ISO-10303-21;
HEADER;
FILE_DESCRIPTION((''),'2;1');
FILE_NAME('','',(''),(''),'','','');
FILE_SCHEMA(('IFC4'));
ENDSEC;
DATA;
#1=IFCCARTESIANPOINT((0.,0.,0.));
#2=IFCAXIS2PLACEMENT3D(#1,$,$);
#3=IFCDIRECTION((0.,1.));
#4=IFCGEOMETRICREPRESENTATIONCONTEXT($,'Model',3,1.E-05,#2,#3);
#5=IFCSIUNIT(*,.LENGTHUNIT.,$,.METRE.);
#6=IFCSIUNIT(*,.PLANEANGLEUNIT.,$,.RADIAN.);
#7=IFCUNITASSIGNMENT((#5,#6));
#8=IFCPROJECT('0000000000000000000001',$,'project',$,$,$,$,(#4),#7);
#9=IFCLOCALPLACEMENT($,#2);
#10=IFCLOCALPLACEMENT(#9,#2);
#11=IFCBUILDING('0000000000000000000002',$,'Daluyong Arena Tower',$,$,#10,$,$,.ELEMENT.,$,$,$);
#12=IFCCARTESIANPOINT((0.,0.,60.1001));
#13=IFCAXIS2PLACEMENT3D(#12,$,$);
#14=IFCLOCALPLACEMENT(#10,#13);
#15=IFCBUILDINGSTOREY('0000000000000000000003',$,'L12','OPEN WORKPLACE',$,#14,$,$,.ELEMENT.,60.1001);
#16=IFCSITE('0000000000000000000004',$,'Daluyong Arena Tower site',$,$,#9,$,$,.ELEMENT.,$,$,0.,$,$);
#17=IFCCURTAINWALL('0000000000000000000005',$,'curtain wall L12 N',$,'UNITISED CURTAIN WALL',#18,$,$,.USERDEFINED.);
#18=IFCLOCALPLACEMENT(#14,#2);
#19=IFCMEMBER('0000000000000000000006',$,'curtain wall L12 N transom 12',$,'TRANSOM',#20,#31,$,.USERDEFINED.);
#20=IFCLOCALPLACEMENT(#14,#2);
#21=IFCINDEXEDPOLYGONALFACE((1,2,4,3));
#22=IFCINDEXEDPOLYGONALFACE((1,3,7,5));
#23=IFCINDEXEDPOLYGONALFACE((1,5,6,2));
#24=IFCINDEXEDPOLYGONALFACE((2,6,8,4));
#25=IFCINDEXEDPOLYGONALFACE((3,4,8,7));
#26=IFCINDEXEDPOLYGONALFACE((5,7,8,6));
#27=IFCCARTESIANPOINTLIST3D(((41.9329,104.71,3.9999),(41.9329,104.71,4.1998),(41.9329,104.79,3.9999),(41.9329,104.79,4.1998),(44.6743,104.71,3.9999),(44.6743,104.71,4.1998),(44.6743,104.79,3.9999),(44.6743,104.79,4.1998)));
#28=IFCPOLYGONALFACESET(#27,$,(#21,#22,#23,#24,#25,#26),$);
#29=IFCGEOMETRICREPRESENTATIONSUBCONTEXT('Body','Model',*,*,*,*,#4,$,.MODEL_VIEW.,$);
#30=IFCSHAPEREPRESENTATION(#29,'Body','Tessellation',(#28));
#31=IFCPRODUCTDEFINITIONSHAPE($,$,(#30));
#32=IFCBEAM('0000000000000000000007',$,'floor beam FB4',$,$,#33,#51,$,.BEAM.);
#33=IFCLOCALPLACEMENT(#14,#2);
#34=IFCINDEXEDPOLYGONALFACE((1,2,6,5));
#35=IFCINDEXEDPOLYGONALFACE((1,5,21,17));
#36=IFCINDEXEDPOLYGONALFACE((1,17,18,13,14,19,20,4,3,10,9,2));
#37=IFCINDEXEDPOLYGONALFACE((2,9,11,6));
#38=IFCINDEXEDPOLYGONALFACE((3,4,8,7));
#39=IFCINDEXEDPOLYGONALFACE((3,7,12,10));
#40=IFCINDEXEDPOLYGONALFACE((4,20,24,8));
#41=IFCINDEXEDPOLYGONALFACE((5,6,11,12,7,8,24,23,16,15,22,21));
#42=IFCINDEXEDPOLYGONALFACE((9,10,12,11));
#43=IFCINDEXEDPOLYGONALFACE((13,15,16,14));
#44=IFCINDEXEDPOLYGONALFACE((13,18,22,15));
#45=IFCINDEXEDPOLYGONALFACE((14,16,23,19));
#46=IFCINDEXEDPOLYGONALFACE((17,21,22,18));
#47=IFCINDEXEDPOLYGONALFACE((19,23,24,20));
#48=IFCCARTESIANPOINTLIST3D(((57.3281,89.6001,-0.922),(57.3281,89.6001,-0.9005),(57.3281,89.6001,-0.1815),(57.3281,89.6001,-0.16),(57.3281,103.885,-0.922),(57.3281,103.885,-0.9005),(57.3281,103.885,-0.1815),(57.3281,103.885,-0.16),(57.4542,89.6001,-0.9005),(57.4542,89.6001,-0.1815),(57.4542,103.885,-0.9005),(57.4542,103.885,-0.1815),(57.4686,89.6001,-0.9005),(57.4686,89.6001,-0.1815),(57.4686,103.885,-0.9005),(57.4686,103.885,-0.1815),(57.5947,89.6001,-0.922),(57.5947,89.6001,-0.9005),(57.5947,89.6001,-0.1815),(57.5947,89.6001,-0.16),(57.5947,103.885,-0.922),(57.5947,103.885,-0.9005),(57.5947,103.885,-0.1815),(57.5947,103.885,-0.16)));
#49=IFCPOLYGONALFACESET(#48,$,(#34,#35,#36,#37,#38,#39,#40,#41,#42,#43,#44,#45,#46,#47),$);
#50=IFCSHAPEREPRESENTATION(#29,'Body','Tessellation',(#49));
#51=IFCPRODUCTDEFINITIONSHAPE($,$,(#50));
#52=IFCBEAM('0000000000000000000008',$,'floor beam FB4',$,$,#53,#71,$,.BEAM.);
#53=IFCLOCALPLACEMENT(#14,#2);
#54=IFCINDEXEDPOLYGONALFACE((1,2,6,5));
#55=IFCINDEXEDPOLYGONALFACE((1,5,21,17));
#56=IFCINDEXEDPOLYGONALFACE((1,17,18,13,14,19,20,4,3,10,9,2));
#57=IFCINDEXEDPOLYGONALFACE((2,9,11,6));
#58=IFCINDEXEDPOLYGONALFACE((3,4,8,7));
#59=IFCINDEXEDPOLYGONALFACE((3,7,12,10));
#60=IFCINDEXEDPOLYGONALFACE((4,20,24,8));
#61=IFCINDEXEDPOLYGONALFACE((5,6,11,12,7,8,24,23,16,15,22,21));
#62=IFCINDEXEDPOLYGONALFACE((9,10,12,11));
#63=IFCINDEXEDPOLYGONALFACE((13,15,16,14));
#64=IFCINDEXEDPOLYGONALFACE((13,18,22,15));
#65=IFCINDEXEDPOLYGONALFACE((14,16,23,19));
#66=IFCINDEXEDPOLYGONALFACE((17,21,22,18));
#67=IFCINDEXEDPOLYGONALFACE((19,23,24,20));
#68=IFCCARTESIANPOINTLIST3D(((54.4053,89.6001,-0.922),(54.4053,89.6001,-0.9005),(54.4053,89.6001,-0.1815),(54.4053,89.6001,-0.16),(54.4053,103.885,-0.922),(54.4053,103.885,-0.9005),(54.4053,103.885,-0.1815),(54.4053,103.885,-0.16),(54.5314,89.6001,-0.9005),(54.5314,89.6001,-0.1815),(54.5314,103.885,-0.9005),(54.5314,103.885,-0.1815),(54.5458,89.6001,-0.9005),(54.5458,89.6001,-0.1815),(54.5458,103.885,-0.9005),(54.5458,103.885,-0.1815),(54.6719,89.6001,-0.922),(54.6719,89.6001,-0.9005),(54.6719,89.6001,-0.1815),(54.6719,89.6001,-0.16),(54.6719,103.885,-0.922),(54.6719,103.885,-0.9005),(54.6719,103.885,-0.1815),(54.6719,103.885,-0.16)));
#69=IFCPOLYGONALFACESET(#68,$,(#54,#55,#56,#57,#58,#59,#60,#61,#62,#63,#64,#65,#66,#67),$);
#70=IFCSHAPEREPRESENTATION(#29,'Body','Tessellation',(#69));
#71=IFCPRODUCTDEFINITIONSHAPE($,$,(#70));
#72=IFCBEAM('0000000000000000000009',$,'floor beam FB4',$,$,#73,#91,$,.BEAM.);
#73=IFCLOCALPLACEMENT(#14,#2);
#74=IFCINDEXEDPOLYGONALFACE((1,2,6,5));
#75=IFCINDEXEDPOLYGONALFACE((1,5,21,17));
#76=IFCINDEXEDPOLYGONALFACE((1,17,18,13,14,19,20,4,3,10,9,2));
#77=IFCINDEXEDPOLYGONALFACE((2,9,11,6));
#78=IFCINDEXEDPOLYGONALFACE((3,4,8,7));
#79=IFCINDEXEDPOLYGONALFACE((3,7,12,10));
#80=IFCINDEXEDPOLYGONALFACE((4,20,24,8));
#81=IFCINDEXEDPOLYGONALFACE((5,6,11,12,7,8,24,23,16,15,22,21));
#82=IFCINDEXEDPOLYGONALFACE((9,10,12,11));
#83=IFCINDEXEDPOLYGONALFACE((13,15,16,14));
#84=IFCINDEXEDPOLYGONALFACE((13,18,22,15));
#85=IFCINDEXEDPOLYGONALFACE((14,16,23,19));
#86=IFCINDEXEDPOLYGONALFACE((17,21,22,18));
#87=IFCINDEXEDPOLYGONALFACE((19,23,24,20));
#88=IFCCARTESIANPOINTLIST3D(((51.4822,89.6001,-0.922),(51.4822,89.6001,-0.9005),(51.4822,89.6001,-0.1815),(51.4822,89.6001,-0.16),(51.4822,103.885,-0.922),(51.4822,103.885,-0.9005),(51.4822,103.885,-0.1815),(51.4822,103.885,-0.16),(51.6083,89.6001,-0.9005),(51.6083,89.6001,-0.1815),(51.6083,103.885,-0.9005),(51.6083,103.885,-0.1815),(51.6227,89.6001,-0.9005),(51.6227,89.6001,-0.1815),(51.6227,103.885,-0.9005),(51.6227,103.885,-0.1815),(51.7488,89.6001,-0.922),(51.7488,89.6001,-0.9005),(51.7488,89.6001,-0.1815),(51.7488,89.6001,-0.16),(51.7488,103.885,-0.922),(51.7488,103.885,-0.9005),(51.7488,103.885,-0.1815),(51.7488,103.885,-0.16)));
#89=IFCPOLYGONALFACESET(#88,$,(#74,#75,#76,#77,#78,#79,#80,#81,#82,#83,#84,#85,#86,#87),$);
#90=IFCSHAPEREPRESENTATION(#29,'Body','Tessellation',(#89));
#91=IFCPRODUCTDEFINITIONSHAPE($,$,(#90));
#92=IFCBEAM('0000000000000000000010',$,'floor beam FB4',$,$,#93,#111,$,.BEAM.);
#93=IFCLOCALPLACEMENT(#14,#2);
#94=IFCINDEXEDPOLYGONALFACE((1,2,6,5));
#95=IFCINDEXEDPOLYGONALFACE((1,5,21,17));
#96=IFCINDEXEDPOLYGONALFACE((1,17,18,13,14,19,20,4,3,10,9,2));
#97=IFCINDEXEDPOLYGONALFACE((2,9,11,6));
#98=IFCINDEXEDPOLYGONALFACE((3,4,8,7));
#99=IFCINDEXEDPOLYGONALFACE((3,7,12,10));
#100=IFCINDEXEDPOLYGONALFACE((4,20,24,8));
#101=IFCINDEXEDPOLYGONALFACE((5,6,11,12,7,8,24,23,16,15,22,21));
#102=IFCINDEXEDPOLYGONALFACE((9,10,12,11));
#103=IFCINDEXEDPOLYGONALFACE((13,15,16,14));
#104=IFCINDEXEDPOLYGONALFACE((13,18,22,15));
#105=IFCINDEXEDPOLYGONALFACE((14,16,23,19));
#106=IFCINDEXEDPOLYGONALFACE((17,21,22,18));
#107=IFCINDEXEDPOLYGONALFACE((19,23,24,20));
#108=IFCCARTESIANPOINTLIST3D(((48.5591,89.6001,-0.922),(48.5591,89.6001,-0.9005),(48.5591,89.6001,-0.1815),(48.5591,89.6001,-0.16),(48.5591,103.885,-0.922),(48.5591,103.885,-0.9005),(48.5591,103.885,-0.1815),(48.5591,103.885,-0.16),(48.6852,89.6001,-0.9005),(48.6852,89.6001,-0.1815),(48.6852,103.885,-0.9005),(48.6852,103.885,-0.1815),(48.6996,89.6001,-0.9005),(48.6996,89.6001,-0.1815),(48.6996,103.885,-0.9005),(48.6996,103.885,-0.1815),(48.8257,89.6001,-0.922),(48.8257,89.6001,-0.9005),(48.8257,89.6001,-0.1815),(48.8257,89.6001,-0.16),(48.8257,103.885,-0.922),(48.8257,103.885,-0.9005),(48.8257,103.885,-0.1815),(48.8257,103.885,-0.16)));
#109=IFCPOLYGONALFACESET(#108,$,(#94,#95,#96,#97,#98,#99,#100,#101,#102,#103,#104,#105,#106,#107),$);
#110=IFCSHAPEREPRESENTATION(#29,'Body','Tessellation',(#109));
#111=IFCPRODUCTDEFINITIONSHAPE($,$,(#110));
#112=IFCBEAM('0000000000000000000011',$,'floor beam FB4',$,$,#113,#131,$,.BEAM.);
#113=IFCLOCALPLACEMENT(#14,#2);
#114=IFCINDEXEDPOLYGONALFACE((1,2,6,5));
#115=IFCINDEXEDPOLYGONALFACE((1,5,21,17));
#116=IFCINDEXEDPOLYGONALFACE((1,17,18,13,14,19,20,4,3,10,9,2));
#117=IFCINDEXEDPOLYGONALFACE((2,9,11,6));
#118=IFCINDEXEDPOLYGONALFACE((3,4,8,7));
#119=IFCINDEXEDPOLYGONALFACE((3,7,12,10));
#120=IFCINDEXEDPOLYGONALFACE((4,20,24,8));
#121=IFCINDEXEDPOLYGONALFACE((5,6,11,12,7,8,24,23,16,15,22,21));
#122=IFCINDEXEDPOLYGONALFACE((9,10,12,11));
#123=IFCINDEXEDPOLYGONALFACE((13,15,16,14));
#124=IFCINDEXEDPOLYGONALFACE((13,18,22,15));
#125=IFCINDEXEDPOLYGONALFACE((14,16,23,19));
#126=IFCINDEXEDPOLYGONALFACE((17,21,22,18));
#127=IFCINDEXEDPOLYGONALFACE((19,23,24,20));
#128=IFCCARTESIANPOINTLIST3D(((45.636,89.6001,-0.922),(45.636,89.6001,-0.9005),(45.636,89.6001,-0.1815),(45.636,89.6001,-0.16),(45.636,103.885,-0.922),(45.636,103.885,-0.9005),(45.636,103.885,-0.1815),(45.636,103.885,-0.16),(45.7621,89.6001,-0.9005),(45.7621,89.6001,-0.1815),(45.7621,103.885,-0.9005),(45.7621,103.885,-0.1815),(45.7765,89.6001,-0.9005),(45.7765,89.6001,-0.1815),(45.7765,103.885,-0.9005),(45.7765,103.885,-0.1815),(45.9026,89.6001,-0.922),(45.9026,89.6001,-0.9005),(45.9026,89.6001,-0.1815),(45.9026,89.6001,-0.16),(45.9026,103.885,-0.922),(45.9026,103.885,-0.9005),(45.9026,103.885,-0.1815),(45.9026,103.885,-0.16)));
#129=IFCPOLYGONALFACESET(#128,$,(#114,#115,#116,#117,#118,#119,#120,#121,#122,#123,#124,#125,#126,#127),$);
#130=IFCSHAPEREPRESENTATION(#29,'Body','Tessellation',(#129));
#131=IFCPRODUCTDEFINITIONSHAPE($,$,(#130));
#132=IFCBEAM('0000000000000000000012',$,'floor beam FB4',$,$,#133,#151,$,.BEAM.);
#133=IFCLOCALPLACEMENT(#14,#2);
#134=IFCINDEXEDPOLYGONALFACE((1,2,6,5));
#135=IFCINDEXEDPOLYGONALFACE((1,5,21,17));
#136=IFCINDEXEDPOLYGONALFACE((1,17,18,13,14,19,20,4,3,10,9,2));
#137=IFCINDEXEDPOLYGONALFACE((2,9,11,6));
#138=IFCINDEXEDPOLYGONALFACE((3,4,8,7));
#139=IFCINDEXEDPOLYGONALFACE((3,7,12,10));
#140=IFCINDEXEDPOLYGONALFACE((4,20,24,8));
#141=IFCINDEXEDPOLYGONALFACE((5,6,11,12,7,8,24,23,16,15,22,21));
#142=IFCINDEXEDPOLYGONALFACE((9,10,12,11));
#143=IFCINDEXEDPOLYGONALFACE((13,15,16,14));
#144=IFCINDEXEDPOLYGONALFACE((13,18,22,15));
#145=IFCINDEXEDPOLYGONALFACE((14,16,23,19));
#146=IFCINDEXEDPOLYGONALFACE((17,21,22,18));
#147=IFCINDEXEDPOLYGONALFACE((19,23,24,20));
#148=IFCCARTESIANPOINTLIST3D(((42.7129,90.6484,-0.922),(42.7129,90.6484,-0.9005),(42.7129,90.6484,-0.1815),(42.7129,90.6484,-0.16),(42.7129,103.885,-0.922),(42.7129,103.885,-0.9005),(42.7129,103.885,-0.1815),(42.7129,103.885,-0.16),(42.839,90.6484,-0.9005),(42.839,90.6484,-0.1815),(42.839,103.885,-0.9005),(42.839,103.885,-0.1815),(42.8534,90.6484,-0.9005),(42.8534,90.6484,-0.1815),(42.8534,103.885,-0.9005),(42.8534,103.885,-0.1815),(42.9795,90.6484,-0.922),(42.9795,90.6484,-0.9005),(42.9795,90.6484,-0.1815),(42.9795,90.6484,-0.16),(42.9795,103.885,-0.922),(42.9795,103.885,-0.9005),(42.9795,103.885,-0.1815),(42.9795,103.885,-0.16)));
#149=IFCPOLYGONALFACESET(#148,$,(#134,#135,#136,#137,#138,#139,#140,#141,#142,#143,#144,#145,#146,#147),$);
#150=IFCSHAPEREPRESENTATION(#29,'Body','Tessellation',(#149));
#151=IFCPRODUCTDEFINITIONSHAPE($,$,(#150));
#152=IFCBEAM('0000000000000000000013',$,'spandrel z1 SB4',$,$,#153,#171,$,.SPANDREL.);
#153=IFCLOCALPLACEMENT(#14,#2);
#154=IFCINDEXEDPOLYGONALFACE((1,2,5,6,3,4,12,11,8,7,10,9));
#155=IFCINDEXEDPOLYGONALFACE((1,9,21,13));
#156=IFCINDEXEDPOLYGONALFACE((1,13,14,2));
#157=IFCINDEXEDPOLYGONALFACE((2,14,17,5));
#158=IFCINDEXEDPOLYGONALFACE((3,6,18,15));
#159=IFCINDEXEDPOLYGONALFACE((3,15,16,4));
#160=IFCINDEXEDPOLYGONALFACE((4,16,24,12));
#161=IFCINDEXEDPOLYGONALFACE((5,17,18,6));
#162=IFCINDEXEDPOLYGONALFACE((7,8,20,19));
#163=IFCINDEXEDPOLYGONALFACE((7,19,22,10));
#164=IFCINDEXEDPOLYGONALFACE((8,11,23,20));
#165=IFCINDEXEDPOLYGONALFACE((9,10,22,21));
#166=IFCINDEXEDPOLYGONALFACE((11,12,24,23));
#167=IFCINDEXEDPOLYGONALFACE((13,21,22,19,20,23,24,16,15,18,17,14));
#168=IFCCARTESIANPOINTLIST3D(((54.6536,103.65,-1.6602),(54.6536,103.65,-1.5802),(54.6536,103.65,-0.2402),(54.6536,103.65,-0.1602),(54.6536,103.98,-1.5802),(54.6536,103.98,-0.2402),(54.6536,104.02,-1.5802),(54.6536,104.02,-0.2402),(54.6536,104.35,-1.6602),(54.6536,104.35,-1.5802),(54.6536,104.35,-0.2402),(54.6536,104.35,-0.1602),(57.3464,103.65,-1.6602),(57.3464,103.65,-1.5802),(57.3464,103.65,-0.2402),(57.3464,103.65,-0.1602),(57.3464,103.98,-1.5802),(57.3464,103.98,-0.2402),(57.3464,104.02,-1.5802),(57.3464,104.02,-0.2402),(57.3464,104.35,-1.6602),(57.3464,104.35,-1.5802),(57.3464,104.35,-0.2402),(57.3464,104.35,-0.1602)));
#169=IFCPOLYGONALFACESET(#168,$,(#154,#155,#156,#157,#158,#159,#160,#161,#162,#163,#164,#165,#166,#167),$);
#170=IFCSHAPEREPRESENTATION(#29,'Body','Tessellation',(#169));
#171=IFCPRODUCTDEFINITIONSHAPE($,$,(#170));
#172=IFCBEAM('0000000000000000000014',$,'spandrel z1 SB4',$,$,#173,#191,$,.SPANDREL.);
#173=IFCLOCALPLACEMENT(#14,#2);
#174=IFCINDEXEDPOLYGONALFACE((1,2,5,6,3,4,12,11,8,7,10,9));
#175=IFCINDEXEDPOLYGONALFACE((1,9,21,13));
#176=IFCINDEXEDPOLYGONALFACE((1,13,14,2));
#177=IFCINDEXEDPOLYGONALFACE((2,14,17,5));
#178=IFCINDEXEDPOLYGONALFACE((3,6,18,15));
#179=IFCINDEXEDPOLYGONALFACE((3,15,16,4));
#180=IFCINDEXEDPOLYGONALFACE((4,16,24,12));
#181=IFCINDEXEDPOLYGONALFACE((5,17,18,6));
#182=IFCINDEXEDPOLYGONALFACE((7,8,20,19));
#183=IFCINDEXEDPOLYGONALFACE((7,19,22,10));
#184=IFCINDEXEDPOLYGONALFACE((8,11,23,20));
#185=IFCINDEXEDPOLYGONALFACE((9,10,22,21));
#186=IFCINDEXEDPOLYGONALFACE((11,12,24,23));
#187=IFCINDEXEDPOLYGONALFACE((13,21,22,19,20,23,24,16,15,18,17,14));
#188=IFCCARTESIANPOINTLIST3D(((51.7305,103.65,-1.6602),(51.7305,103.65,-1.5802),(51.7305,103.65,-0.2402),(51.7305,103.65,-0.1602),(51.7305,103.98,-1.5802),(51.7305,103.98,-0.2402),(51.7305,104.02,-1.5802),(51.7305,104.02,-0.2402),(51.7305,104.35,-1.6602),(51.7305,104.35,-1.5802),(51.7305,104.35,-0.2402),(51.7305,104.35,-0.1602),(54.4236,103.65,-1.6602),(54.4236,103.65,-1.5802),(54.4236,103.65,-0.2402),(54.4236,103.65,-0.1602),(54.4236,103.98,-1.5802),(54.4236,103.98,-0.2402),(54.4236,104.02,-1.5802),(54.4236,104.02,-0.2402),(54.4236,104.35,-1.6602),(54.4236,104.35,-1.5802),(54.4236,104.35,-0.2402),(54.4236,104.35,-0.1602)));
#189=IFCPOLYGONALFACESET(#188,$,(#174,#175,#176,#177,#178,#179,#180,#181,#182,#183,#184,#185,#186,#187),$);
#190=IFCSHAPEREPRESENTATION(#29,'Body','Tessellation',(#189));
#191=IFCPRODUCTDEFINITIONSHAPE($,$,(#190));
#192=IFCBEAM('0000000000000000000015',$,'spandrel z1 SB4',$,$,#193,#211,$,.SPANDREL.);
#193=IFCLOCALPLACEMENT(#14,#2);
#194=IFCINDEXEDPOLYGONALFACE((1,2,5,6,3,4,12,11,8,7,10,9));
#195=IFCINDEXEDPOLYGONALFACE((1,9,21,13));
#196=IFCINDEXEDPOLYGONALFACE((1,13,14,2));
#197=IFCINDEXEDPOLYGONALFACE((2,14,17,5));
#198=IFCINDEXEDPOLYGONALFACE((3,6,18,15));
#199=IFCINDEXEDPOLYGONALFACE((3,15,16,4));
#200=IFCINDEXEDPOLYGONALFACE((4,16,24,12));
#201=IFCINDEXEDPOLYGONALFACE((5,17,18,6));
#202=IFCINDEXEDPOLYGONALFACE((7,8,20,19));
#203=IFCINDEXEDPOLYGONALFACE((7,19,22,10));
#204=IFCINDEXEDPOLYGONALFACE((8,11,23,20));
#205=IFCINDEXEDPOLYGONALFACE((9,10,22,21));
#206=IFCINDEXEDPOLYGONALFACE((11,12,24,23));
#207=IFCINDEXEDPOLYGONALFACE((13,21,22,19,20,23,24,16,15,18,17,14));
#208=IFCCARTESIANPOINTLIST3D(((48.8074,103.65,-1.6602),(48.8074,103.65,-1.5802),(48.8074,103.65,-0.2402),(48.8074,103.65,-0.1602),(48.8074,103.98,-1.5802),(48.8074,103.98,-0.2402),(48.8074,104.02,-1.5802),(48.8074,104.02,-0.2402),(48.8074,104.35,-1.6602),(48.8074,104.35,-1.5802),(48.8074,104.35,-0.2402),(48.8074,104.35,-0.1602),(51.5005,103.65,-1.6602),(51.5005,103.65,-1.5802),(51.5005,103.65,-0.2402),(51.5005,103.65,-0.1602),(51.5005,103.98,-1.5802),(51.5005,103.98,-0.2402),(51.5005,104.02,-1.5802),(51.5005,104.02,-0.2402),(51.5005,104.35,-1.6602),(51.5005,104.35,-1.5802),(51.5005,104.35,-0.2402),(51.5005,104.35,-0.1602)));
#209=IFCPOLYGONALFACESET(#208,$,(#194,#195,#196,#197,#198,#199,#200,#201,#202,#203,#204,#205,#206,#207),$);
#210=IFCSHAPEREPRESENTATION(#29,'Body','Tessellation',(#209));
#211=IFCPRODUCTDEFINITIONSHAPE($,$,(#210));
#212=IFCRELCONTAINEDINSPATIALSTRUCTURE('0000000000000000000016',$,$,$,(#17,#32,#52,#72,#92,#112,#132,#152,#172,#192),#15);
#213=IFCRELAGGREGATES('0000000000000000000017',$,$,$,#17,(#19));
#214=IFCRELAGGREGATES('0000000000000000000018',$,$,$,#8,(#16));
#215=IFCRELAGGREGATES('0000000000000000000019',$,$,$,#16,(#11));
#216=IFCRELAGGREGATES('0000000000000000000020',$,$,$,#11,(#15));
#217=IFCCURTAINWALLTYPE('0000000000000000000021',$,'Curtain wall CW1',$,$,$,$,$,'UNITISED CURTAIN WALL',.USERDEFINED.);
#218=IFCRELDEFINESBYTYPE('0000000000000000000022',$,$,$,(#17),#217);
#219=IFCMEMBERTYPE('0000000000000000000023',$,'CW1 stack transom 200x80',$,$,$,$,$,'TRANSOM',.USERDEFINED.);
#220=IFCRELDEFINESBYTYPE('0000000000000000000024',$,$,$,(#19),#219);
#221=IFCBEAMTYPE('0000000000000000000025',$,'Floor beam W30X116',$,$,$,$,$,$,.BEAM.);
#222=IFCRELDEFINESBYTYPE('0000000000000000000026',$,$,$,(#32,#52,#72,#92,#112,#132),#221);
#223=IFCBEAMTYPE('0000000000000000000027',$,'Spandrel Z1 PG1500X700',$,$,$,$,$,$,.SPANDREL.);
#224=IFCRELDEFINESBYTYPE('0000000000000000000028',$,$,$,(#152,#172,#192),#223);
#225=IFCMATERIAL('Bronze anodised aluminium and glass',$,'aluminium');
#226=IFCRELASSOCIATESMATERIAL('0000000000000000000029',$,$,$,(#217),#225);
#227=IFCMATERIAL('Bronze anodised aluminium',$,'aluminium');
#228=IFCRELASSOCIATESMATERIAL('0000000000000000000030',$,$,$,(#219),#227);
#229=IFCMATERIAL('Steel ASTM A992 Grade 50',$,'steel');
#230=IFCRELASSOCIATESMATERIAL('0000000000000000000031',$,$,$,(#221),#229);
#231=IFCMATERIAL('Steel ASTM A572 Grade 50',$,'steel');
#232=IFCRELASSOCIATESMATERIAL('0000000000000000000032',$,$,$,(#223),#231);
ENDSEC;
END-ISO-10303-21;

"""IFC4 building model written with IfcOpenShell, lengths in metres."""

from ifc_helpers import new_model, si_unit, direction, frame, origin, origin_2d, place, context, subcontext, project, spatial, rectangle, i_section, extrude, material, material_profile, profile_set, type_object, element, aggregate, save


model = new_model("IFC4")

# Units and contexts
model_context = context("Model", 3, precision=1e-05, world=origin(), true_north=direction((0.0, 1.0)))
body_context = subcontext(model_context, "Body", "Model", "MODEL_VIEW")
ifc_project = project(units=[si_unit("LENGTHUNIT", "METRE"), si_unit("PLANEANGLEUNIT", "RADIAN")], contexts=[model_context])

# Site, building, storey
site_placement = place(None, origin())
site = spatial("IfcSite", under=ifc_project, at=site_placement, Name="Daluyong Arena Tower site", CompositionType="ELEMENT", RefElevation=0.0)
building_placement = place(site_placement, origin())
building = spatial("IfcBuilding", under=site, at=building_placement, Name="Daluyong Arena Tower", CompositionType="ELEMENT")
storey_placement = place(building_placement, frame((0.0, 0.0, 60.1001)))
storey = spatial("IfcBuildingStorey", under=building, at=storey_placement, Name="L12", Description="OPEN WORKPLACE", CompositionType="ELEMENT", Elevation=60.1001)

# Curtain wall, member
ifc_material_1 = material(Name="Bronze anodised aluminium and glass", Category="aluminium")
curtain_wall_type = type_object("IfcCurtainWallType", Name="Curtain wall CW1", ElementType="UNITISED CURTAIN WALL", PredefinedType="USERDEFINED", material=ifc_material_1)
curtain_wall_placement = place(storey_placement, origin())
curtain_wall = element("IfcCurtainWall", 1, at=curtain_wall_placement, inside=storey, type_object=curtain_wall_type, Name="curtain wall L12 N", ObjectType="UNITISED CURTAIN WALL", PredefinedType="USERDEFINED")
ifc_material_2 = material(Name="Bronze anodised aluminium", Category="aluminium")
ifc_material_profile_1 = material_profile(ifc_material_2, rectangle(XDim=0.0801, YDim=0.2, at=origin_2d()))
ifc_profile_set_1 = profile_set([ifc_material_profile_1], Name="Bronze anodised aluminium")
member_type_1 = type_object("IfcMemberType", Name="CW1 stack transom 200x80", ElementType="TRANSOM", PredefinedType="USERDEFINED", material=ifc_profile_set_1)
member_1_placement = place(storey_placement, frame((44.6743, 104.75, 4.0999), z_axis=(-1.0, 0.0, 0.0), x_axis=(0.0, -1.0, 0.0)))
member_1 = element("IfcMember", 2, at=member_1_placement, type_object=member_type_1, Name="curtain wall L12 N transom 12", ObjectType="TRANSOM", PredefinedType="USERDEFINED", context=body_context, shape_type="SweptSolid", body=[
    extrude(rectangle(XDim=0.0801, YDim=0.2, at=origin_2d()), origin(), (0.0, 0.0, 1.0), 2.7415),
])

# Beams
ifc_material_3 = material(Name="Steel ASTM A992 Grade 50", Category="steel")
ifc_material_profile_2 = material_profile(ifc_material_3, i_section(OverallWidth=0.2666, OverallDepth=0.762, WebThickness=0.0144, FlangeThickness=0.0215, at=origin_2d()))
ifc_profile_set_2 = profile_set([ifc_material_profile_2], Name="Steel ASTM A992 Grade 50")
beam_type_1 = type_object("IfcBeamType", Name="Floor beam W30X116", PredefinedType="BEAM", material=ifc_profile_set_2)
for number, where, z_axis, x_axis, name in (
    (3, (57.4614, 103.885, -0.541), (0.0, -1.0, 0.0), (1.0, 0.0, 0.0), "floor beam FB4"),
    (4, (54.5386, 103.885, -0.541), (0.0, -1.0, 0.0), (1.0, 0.0, 0.0), "floor beam FB4"),
    (5, (51.6155, 103.885, -0.541), (0.0, -1.0, 0.0), (1.0, 0.0, 0.0), "floor beam FB4"),
    (6, (48.6924, 103.885, -0.541), (0.0, -1.0, 0.0), (1.0, 0.0, 0.0), "floor beam FB4"),
    (7, (45.7693, 103.885, -0.541), (0.0, -1.0, 0.0), (1.0, 0.0, 0.0), "floor beam FB4"),
):
    element("IfcBeam", number, at=place(storey_placement, frame(where, z_axis=z_axis, x_axis=x_axis)), inside=storey, type_object=beam_type_1, Name=name, PredefinedType="BEAM", context=body_context, shape_type="SweptSolid", body=[
        extrude(i_section(OverallWidth=0.2666, OverallDepth=0.762, WebThickness=0.0144, FlangeThickness=0.0215, at=origin_2d()), origin(), (0.0, 0.0, 1.0), 14.2849),
    ])
beam_1_placement = place(storey_placement, frame((42.8462, 103.885, -0.541), z_axis=(0.0, -1.0, 0.0), x_axis=(1.0, 0.0, 0.0)))
element("IfcBeam", 8, at=beam_1_placement, inside=storey, type_object=beam_type_1, Name="floor beam FB4", PredefinedType="BEAM", context=body_context, shape_type="SweptSolid", body=[
    extrude(i_section(OverallWidth=0.2666, OverallDepth=0.762, WebThickness=0.0144, FlangeThickness=0.0215, at=origin_2d()), origin(), (0.0, 0.0, 1.0), 13.2366),
])
ifc_material_4 = material(Name="Steel ASTM A572 Grade 50", Category="steel")
ifc_material_profile_3 = material_profile(ifc_material_4, i_section(OverallWidth=0.7, OverallDepth=1.5, WebThickness=0.04, FlangeThickness=0.08, at=origin_2d()))
ifc_profile_set_3 = profile_set([ifc_material_profile_3], Name="Steel ASTM A572 Grade 50")
beam_type_2 = type_object("IfcBeamType", Name="Spandrel Z1 PG1500X700", PredefinedType="SPANDREL", material=ifc_profile_set_3)
beam_2_placement = place(storey_placement, frame((57.3464, 104.0, -0.9102), z_axis=(-1.0, 0.0, 0.0), x_axis=(0.0, -1.0, 0.0)))
element("IfcBeam", 9, at=beam_2_placement, inside=storey, type_object=beam_type_2, Name="spandrel z1 SB4", PredefinedType="SPANDREL", context=body_context, shape_type="SweptSolid", body=[
    extrude(i_section(OverallWidth=0.7, OverallDepth=1.5, WebThickness=0.04, FlangeThickness=0.08, at=origin_2d()), origin(), (0.0, 0.0, 1.0), 2.6929),
])
for number, where, z_axis, x_axis, name in (
    (10, (54.4236, 104.0, -0.9102), (-1.0, 0.0, 0.0), (0.0, -1.0, 0.0), "spandrel z1 SB4"),
    (11, (51.5005, 104.0, -0.9102), (-1.0, 0.0, 0.0), (0.0, -1.0, 0.0), "spandrel z1 SB4"),
):
    element("IfcBeam", number, at=place(storey_placement, frame(where, z_axis=z_axis, x_axis=x_axis)), inside=storey, type_object=beam_type_2, Name=name, PredefinedType="SPANDREL", context=body_context, shape_type="SweptSolid", body=[
        extrude(i_section(OverallWidth=0.7, OverallDepth=1.5, WebThickness=0.04, FlangeThickness=0.08, at=origin_2d()), origin(), (0.0, 0.0, 1.0), 2.6931),
    ])

aggregate(curtain_wall, [member_1])

save(model, "model.ifc")
